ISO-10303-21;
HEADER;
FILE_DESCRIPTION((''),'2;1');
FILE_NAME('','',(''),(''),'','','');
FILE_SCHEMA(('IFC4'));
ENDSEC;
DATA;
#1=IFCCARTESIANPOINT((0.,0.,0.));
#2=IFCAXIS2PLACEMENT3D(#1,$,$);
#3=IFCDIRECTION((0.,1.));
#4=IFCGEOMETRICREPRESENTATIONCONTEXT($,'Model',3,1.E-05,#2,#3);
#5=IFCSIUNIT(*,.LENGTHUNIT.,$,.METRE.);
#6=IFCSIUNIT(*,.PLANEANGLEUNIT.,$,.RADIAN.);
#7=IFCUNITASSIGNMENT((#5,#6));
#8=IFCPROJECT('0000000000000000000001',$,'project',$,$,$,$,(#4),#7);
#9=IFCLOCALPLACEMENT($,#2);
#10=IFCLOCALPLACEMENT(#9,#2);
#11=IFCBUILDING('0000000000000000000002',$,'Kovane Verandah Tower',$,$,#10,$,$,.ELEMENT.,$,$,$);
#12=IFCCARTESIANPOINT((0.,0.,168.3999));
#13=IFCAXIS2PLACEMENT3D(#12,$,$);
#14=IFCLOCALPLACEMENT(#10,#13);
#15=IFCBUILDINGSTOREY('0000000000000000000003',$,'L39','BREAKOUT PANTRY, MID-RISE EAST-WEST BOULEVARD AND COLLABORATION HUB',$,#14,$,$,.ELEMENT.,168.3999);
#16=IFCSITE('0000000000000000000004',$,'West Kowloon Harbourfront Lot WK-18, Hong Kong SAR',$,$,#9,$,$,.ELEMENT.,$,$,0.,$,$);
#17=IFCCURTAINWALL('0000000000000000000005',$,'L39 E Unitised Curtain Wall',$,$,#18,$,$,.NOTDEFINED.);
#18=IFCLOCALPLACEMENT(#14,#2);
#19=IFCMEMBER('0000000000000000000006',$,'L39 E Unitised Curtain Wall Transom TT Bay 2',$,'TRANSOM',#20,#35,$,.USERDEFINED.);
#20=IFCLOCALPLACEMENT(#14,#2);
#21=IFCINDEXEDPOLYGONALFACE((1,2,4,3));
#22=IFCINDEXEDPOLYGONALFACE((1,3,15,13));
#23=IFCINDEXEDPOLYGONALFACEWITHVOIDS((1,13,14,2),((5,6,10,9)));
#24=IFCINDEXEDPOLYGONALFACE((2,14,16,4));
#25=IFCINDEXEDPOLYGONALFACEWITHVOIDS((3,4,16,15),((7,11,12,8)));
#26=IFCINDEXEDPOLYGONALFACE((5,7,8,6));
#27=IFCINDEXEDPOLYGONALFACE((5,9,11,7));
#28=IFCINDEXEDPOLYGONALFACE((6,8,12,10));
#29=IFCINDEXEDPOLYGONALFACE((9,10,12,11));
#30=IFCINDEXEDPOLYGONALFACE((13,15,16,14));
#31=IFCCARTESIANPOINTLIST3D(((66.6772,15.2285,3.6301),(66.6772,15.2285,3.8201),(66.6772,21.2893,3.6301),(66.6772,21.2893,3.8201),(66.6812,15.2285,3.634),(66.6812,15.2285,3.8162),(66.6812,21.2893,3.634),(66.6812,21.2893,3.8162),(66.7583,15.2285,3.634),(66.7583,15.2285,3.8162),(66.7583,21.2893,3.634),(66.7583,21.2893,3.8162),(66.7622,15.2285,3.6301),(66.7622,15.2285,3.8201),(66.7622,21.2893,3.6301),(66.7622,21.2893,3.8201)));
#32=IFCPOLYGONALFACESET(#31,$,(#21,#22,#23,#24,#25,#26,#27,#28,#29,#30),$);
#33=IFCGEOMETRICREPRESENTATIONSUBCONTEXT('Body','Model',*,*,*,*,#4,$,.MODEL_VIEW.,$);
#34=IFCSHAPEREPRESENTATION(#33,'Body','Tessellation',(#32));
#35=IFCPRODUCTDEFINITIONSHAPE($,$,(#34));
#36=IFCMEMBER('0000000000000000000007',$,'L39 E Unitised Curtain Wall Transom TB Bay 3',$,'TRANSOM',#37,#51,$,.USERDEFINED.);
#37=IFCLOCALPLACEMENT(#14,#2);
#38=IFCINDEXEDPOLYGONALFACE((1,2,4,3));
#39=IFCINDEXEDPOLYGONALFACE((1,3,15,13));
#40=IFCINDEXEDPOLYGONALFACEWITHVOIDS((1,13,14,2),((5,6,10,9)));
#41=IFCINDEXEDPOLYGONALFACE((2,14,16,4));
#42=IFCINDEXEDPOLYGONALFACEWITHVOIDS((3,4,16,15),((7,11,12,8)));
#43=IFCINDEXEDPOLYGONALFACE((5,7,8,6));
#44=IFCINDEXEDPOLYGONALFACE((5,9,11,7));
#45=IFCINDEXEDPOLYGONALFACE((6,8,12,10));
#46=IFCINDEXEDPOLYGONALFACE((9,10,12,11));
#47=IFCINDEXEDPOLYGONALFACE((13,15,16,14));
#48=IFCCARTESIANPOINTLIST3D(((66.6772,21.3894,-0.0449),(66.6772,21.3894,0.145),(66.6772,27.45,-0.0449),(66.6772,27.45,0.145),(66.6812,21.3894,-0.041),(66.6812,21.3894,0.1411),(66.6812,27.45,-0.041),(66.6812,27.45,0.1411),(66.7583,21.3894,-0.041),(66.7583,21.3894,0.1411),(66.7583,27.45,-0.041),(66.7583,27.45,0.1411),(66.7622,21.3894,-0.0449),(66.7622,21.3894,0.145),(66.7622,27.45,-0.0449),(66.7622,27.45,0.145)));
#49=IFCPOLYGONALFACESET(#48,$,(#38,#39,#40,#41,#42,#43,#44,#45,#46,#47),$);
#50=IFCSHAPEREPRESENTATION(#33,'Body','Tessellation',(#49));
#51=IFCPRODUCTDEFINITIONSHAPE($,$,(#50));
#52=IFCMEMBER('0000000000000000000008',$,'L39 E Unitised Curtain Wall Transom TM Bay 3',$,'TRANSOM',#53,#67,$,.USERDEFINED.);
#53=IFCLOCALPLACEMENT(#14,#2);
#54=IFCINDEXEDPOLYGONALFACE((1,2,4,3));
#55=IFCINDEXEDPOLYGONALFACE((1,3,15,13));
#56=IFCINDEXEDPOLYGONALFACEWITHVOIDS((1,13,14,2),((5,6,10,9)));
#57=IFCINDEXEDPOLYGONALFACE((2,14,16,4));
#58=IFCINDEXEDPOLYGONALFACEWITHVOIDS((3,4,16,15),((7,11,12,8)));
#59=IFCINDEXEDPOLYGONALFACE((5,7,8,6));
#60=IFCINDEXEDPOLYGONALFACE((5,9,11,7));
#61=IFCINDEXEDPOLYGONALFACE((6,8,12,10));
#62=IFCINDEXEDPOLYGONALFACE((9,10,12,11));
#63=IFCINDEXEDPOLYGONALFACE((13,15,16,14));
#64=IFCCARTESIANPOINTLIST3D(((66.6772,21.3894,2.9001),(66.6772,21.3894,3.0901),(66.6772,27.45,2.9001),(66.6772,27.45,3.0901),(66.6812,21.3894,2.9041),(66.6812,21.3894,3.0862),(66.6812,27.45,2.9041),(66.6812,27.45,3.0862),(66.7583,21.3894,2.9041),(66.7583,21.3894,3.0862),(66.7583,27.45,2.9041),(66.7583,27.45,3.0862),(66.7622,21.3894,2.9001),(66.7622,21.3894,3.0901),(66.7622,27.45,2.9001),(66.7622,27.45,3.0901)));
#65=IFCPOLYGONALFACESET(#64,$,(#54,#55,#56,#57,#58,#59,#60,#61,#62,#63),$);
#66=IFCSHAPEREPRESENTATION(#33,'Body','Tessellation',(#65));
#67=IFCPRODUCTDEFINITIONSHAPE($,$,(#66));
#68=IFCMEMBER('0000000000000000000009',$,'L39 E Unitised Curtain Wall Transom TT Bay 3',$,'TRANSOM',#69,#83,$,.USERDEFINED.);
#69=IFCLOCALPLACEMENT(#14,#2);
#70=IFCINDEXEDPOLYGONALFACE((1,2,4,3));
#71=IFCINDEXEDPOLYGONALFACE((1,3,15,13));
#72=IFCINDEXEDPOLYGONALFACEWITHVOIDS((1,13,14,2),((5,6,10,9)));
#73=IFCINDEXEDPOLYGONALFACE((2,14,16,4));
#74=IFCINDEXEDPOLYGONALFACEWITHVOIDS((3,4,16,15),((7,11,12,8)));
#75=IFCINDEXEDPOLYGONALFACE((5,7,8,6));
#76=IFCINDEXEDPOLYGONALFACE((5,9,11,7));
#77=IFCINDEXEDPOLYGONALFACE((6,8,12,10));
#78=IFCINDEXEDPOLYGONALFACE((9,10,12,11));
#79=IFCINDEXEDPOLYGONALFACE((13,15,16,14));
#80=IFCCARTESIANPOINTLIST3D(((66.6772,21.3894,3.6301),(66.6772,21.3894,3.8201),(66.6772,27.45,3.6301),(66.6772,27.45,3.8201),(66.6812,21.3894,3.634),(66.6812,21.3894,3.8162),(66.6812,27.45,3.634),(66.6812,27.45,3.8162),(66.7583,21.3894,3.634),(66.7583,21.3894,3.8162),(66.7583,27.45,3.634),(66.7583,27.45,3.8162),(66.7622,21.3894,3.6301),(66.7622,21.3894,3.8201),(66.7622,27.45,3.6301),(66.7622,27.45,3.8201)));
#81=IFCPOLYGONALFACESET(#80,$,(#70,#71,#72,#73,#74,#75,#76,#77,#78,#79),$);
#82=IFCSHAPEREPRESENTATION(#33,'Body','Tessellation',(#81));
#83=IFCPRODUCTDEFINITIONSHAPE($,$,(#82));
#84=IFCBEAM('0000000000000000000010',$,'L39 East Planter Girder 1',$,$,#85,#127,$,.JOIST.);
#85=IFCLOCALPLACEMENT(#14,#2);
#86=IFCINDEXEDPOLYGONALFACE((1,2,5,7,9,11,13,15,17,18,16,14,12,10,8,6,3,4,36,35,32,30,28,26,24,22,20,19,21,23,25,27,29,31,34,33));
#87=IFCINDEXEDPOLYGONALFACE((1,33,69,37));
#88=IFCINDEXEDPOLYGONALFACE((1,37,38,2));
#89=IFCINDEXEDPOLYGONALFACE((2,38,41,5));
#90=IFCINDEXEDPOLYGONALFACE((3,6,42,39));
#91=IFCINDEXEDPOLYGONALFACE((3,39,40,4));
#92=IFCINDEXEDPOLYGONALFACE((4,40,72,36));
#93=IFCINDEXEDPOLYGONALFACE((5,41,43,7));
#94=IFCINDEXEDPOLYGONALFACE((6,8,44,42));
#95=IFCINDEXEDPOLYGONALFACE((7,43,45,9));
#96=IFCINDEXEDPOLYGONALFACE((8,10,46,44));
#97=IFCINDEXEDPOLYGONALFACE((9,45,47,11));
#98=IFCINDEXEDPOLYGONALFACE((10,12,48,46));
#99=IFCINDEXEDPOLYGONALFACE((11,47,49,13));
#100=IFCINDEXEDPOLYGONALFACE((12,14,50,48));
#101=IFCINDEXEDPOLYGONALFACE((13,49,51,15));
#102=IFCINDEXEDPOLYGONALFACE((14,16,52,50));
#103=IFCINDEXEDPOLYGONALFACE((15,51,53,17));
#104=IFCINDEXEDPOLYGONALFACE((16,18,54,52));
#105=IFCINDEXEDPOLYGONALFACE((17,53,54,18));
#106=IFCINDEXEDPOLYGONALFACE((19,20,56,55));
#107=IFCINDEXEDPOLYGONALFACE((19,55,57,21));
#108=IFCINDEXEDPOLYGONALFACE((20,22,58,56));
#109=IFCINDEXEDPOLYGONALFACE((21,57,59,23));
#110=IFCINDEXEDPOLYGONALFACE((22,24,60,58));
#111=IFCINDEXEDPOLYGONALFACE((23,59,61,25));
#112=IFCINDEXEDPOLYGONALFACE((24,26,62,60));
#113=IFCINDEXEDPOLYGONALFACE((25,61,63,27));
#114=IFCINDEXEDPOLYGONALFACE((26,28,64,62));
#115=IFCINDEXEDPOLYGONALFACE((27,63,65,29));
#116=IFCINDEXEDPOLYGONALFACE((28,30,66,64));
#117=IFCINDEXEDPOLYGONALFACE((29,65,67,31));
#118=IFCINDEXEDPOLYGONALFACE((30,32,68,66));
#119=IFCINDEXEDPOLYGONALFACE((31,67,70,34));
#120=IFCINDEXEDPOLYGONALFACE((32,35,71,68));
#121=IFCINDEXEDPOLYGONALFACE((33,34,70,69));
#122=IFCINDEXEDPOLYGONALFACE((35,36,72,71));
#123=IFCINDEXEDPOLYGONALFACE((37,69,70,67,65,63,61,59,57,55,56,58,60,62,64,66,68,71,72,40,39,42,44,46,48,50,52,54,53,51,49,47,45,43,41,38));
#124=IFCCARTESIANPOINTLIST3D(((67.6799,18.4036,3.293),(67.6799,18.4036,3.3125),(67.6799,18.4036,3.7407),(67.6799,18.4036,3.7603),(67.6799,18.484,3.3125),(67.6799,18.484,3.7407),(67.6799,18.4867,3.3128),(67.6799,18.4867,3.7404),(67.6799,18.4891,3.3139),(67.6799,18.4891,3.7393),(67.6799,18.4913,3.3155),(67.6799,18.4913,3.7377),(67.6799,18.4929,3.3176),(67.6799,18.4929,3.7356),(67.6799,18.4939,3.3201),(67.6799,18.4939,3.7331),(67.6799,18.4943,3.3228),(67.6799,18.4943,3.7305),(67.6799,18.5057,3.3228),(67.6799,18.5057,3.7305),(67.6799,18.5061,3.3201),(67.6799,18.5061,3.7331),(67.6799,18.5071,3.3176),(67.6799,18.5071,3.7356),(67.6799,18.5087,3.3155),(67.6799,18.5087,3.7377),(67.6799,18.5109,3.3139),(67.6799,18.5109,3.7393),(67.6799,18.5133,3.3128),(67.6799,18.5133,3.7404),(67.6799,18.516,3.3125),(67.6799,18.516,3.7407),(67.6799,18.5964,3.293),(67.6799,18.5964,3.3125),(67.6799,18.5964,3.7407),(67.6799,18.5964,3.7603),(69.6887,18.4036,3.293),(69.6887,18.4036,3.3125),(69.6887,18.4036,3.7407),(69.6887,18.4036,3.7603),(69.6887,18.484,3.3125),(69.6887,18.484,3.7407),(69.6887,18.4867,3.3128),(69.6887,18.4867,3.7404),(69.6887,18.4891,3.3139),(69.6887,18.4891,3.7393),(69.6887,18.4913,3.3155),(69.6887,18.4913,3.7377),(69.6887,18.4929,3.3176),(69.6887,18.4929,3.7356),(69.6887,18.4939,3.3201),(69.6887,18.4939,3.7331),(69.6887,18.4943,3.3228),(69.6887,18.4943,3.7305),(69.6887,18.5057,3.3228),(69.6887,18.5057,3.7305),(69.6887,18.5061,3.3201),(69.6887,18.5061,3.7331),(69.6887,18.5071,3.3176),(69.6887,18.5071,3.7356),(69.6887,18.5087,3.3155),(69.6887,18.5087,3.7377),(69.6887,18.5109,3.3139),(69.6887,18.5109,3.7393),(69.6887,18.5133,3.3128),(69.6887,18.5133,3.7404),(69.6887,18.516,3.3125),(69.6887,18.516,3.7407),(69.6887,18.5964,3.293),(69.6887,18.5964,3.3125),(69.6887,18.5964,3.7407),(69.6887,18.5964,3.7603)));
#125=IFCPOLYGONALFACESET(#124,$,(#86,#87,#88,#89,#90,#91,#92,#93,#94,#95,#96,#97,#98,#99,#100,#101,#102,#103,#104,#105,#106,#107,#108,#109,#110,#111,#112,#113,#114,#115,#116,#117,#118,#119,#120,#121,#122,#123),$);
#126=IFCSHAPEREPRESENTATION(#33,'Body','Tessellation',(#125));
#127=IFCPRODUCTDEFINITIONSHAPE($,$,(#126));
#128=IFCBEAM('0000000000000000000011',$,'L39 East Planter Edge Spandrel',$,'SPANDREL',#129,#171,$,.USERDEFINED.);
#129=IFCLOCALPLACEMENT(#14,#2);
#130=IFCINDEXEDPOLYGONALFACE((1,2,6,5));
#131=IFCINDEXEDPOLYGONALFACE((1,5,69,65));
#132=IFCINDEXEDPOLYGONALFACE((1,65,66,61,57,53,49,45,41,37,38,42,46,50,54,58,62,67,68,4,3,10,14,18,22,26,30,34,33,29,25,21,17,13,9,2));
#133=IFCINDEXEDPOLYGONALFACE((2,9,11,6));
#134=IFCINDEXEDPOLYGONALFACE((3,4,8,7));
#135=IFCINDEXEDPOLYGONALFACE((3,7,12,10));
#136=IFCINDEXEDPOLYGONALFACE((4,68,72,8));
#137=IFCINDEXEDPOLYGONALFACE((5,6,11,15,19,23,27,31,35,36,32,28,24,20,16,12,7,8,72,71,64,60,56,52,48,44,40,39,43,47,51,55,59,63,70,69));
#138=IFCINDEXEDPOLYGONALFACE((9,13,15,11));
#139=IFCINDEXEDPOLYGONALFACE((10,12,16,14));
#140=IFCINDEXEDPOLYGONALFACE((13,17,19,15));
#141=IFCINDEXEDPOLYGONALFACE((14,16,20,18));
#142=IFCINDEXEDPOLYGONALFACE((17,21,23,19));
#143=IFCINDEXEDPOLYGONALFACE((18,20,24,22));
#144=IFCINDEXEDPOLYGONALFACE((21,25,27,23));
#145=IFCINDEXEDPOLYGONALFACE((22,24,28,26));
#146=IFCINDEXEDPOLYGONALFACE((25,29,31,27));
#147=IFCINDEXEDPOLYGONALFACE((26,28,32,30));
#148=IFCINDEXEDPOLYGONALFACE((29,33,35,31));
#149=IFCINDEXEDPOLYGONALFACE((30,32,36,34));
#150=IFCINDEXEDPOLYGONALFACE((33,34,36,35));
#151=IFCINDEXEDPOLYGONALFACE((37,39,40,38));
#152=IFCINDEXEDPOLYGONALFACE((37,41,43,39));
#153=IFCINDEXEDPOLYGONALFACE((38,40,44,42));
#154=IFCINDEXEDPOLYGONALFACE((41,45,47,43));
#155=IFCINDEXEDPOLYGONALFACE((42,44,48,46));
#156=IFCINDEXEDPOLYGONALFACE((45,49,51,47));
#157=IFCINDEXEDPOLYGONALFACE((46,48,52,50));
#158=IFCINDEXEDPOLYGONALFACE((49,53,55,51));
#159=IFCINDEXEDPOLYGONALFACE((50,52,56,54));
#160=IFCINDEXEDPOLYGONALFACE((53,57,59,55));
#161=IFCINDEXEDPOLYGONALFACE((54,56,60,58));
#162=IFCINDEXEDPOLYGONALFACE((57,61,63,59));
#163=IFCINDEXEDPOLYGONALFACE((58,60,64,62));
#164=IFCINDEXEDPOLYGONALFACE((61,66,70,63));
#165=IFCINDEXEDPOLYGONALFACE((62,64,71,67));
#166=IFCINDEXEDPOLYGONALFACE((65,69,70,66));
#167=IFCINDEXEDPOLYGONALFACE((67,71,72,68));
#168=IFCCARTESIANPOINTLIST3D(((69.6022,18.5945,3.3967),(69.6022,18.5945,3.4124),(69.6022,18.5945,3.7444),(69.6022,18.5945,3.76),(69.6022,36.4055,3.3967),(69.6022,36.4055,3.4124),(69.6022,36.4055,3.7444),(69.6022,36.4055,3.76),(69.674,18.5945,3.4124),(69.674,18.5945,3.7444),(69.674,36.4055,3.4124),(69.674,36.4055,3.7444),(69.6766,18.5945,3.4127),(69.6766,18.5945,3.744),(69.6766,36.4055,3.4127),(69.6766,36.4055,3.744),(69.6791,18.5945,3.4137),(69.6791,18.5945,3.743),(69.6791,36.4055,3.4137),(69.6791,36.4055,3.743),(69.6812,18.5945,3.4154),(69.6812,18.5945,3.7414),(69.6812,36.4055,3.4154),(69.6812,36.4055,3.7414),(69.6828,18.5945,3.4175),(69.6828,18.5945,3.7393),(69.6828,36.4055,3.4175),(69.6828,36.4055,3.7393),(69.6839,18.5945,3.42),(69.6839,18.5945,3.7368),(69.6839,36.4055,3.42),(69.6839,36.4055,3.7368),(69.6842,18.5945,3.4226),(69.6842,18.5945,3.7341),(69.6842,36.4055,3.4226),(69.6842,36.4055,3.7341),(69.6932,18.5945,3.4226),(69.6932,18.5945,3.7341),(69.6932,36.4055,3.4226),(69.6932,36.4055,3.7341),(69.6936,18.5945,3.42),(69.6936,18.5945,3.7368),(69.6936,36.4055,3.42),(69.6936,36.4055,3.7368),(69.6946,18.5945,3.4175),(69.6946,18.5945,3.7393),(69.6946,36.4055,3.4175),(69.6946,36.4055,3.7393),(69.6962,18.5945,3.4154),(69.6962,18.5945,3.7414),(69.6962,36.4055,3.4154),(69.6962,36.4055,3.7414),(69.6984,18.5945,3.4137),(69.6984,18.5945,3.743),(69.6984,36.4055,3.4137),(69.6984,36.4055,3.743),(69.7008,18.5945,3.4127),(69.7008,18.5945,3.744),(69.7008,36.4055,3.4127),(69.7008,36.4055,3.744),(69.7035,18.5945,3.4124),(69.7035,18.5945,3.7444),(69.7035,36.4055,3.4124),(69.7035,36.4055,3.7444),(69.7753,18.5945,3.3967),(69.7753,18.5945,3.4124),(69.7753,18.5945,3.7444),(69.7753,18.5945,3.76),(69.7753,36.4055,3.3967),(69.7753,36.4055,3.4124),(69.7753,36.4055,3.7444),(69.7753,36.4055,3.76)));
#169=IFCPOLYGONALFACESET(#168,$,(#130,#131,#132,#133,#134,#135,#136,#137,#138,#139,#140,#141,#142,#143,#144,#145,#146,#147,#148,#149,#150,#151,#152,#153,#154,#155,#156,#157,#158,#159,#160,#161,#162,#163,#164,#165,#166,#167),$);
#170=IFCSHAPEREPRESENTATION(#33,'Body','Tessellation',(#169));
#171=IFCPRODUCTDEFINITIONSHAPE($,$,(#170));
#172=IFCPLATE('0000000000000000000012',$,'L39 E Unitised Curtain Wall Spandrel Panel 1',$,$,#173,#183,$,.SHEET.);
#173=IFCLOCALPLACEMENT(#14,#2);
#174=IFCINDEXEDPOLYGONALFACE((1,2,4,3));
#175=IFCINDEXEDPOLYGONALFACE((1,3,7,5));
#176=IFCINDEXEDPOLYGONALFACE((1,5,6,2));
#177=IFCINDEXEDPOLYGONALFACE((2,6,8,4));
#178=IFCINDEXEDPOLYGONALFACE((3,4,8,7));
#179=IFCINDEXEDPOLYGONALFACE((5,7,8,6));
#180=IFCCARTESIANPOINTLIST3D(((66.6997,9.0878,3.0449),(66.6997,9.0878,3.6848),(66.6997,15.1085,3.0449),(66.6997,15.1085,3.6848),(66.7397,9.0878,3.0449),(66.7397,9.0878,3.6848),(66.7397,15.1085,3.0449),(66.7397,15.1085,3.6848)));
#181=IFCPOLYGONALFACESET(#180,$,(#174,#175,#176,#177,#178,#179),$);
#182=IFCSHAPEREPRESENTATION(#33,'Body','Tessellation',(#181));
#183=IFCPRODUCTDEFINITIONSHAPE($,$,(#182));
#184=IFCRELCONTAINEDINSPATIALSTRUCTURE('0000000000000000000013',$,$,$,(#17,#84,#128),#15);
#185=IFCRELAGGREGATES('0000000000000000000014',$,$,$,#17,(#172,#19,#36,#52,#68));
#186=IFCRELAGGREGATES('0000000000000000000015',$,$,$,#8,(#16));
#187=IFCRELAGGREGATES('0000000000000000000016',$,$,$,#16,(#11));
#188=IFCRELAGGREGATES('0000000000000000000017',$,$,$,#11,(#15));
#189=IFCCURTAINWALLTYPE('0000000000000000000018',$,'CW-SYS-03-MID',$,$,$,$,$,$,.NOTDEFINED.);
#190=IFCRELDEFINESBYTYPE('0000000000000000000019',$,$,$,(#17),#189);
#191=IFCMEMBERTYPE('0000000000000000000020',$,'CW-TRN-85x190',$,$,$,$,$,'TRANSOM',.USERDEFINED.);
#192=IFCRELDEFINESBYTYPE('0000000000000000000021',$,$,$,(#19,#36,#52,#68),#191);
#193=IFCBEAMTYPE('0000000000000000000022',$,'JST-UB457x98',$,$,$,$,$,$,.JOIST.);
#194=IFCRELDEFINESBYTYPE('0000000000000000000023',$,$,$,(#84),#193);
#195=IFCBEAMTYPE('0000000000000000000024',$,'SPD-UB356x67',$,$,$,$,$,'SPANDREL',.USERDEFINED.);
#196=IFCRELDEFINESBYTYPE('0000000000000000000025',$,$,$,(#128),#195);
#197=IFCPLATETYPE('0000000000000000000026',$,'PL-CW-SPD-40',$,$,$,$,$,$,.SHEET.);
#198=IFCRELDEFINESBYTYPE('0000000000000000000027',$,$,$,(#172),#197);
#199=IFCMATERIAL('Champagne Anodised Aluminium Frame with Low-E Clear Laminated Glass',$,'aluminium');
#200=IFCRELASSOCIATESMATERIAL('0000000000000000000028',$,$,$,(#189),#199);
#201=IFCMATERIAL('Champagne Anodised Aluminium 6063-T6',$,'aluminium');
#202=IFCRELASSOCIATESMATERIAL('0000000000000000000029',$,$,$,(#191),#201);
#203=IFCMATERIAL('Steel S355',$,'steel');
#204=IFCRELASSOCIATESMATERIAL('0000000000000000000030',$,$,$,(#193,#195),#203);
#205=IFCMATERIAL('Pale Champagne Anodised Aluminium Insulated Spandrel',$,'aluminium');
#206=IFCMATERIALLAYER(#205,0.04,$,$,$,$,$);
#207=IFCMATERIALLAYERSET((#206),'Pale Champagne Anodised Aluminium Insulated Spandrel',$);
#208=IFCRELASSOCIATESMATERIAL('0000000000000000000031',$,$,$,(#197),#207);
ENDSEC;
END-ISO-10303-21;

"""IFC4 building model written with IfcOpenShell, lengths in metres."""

from ifc_helpers import new_model, si_unit, direction, frame, origin, origin_2d, place, context, subcontext, project, spatial, rectangle, hollow_rectangle, i_section, extrude, material, layer, layer_set, material_profile, profile_set, type_object, element, aggregate, save


model = new_model("IFC4")

# Units and contexts
model_context = context("Model", 3, precision=1e-05, world=origin(), true_north=direction((0.0, 1.0)))
body_context = subcontext(model_context, "Body", "Model", "MODEL_VIEW")
ifc_project = project(units=[si_unit("LENGTHUNIT", "METRE"), si_unit("PLANEANGLEUNIT", "RADIAN")], contexts=[model_context])

# Site, building, storey
site_placement = place(None, origin())
site = spatial("IfcSite", under=ifc_project, at=site_placement, Name="West Kowloon Harbourfront Lot WK-18, Hong Kong SAR", CompositionType="ELEMENT", RefElevation=0.0)
building_placement = place(site_placement, origin())
building = spatial("IfcBuilding", under=site, at=building_placement, Name="Kovane Verandah Tower", CompositionType="ELEMENT")
storey_placement = place(building_placement, frame((0.0, 0.0, 168.3999)))
storey = spatial("IfcBuildingStorey", under=building, at=storey_placement, Name="L39", Description="BREAKOUT PANTRY, MID-RISE EAST-WEST BOULEVARD AND COLLABORATION HUB", CompositionType="ELEMENT", Elevation=168.3999)

# Curtain wall, members
ifc_material_1 = material(Name="Champagne Anodised Aluminium Frame with Low-E Clear Laminated Glass", Category="aluminium")
curtain_wall_type = type_object("IfcCurtainWallType", Name="CW-SYS-03-MID", PredefinedType="NOTDEFINED", material=ifc_material_1)
curtain_wall_placement = place(storey_placement, origin())
curtain_wall = element("IfcCurtainWall", 1, at=curtain_wall_placement, inside=storey, type_object=curtain_wall_type, Name="L39 E Unitised Curtain Wall", PredefinedType="NOTDEFINED")
ifc_material_2 = material(Name="Champagne Anodised Aluminium 6063-T6", Category="aluminium")
ifc_material_profile_1 = material_profile(ifc_material_2, hollow_rectangle(XDim=0.085, YDim=0.1899, WallThickness=0.0039, at=origin_2d()), Name="AL85x190x4")
ifc_profile_set_1 = profile_set([ifc_material_profile_1], Name="Champagne Anodised Aluminium 6063-T6")
member_type_1 = type_object("IfcMemberType", Name="CW-TRN-85x190", ElementType="TRANSOM", PredefinedType="USERDEFINED", material=ifc_profile_set_1)
member_1_placement = place(storey_placement, frame((66.7197, 15.2285, 3.7251), z_axis=(0.0, 1.0, 0.0), x_axis=(-1.0, 0.0, 0.0)))
member_1 = element("IfcMember", 2, at=member_1_placement, type_object=member_type_1, Name="L39 E Unitised Curtain Wall Transom TT Bay 2", ObjectType="TRANSOM", PredefinedType="USERDEFINED", context=body_context, shape_type="SweptSolid", body=[
    extrude(hollow_rectangle(XDim=0.085, YDim=0.1899, WallThickness=0.0039, at=origin_2d()), origin(), (0.0, 0.0, 1.0), 6.0608),
])
member_2_placement = place(storey_placement, frame((66.7197, 21.3894, 0.05), z_axis=(0.0, 1.0, 0.0), x_axis=(-1.0, 0.0, 0.0)))
member_2 = element("IfcMember", 3, at=member_2_placement, type_object=member_type_1, Name="L39 E Unitised Curtain Wall Transom TB Bay 3", ObjectType="TRANSOM", PredefinedType="USERDEFINED", context=body_context, shape_type="SweptSolid", body=[
    extrude(hollow_rectangle(XDim=0.085, YDim=0.1899, WallThickness=0.0039, at=origin_2d()), origin(), (0.0, 0.0, 1.0), 6.0605),
])
member_3_placement = place(storey_placement, frame((66.7197, 21.3894, 2.9951), z_axis=(0.0, 1.0, 0.0), x_axis=(-1.0, 0.0, 0.0)))
member_3 = element("IfcMember", 4, at=member_3_placement, type_object=member_type_1, Name="L39 E Unitised Curtain Wall Transom TM Bay 3", ObjectType="TRANSOM", PredefinedType="USERDEFINED", context=body_context, shape_type="SweptSolid", body=[
    extrude(hollow_rectangle(XDim=0.085, YDim=0.1899, WallThickness=0.0039, at=origin_2d()), origin(), (0.0, 0.0, 1.0), 6.0605),
])
member_4_placement = place(storey_placement, frame((66.7197, 21.3894, 3.7251), z_axis=(0.0, 1.0, 0.0), x_axis=(-1.0, 0.0, 0.0)))
member_4 = element("IfcMember", 5, at=member_4_placement, type_object=member_type_1, Name="L39 E Unitised Curtain Wall Transom TT Bay 3", ObjectType="TRANSOM", PredefinedType="USERDEFINED", context=body_context, shape_type="SweptSolid", body=[
    extrude(hollow_rectangle(XDim=0.085, YDim=0.1899, WallThickness=0.0039, at=origin_2d()), origin(), (0.0, 0.0, 1.0), 6.0605),
])

# Beams
ifc_material_3 = material(Name="Steel S355", Category="steel")
ifc_material_profile_2 = material_profile(ifc_material_3, i_section(OverallWidth=0.1929, OverallDepth=0.4673, WebThickness=0.0115, FlangeThickness=0.0195, FilletRadius=0.0103, at=origin_2d()), Name="UB457x191x98")
ifc_profile_set_2 = profile_set([ifc_material_profile_2], Name="Steel S355")
beam_type_1 = type_object("IfcBeamType", Name="JST-UB457x98", PredefinedType="JOIST", material=ifc_profile_set_2)
beam_1_placement = place(storey_placement, frame((67.6799, 18.5, 3.5266), z_axis=(1.0, 0.0, 0.0), x_axis=(0.0, 1.0, 0.0)))
element("IfcBeam", 6, at=beam_1_placement, inside=storey, type_object=beam_type_1, Name="L39 East Planter Girder 1", PredefinedType="JOIST", context=body_context, shape_type="SweptSolid", body=[
    extrude(i_section(OverallWidth=0.1929, OverallDepth=0.4673, WebThickness=0.0115, FlangeThickness=0.0195, FilletRadius=0.0103, at=origin_2d()), origin(), (0.0, 0.0, 1.0), 2.0088),
])
ifc_material_profile_3 = material_profile(ifc_material_3, i_section(OverallWidth=0.1731, OverallDepth=0.3633, WebThickness=0.009, FlangeThickness=0.0156, FilletRadius=0.0103, at=origin_2d()), Name="UB356x171x67")
ifc_profile_set_3 = profile_set([ifc_material_profile_3], Name="Steel S355")
beam_type_2 = type_object("IfcBeamType", Name="SPD-UB356x67", ElementType="SPANDREL", PredefinedType="USERDEFINED", material=ifc_profile_set_3)
beam_2_placement = place(storey_placement, frame((69.6887, 18.5945, 3.5784), z_axis=(0.0, 1.0, 0.0), x_axis=(-1.0, 0.0, 0.0)))
element("IfcBeam", 7, at=beam_2_placement, inside=storey, type_object=beam_type_2, Name="L39 East Planter Edge Spandrel", ObjectType="SPANDREL", PredefinedType="USERDEFINED", context=body_context, shape_type="SweptSolid", body=[
    extrude(i_section(OverallWidth=0.1731, OverallDepth=0.3633, WebThickness=0.009, FlangeThickness=0.0156, FilletRadius=0.0103, at=origin_2d()), origin(), (0.0, 0.0, 1.0), 17.811),
])

# Plate
ifc_material_4 = material(Name="Pale Champagne Anodised Aluminium Insulated Spandrel", Category="aluminium")
ifc_layer_1 = layer(ifc_material_4, 0.04)
ifc_layer_set_1 = layer_set([ifc_layer_1], Name="Pale Champagne Anodised Aluminium Insulated Spandrel")
plate_type_1 = type_object("IfcPlateType", Name="PL-CW-SPD-40", PredefinedType="SHEET", material=ifc_layer_set_1)
plate_1_placement = place(storey_placement, frame((66.7197, 12.0981, 3.0449), z_axis=(0.0, 0.0, 1.0), x_axis=(0.0, 1.0, 0.0)))
plate_1 = element("IfcPlate", 8, at=plate_1_placement, type_object=plate_type_1, Name="L39 E Unitised Curtain Wall Spandrel Panel 1", PredefinedType="SHEET", context=body_context, shape_type="SweptSolid", body=[
    extrude(rectangle(XDim=6.0208, YDim=0.04, at=origin_2d()), origin(), (0.0, 0.0, 1.0), 0.6399),
])
aggregate(curtain_wall, [plate_1, member_1, member_2, member_3, member_4])

save(model, "model.ifc")
